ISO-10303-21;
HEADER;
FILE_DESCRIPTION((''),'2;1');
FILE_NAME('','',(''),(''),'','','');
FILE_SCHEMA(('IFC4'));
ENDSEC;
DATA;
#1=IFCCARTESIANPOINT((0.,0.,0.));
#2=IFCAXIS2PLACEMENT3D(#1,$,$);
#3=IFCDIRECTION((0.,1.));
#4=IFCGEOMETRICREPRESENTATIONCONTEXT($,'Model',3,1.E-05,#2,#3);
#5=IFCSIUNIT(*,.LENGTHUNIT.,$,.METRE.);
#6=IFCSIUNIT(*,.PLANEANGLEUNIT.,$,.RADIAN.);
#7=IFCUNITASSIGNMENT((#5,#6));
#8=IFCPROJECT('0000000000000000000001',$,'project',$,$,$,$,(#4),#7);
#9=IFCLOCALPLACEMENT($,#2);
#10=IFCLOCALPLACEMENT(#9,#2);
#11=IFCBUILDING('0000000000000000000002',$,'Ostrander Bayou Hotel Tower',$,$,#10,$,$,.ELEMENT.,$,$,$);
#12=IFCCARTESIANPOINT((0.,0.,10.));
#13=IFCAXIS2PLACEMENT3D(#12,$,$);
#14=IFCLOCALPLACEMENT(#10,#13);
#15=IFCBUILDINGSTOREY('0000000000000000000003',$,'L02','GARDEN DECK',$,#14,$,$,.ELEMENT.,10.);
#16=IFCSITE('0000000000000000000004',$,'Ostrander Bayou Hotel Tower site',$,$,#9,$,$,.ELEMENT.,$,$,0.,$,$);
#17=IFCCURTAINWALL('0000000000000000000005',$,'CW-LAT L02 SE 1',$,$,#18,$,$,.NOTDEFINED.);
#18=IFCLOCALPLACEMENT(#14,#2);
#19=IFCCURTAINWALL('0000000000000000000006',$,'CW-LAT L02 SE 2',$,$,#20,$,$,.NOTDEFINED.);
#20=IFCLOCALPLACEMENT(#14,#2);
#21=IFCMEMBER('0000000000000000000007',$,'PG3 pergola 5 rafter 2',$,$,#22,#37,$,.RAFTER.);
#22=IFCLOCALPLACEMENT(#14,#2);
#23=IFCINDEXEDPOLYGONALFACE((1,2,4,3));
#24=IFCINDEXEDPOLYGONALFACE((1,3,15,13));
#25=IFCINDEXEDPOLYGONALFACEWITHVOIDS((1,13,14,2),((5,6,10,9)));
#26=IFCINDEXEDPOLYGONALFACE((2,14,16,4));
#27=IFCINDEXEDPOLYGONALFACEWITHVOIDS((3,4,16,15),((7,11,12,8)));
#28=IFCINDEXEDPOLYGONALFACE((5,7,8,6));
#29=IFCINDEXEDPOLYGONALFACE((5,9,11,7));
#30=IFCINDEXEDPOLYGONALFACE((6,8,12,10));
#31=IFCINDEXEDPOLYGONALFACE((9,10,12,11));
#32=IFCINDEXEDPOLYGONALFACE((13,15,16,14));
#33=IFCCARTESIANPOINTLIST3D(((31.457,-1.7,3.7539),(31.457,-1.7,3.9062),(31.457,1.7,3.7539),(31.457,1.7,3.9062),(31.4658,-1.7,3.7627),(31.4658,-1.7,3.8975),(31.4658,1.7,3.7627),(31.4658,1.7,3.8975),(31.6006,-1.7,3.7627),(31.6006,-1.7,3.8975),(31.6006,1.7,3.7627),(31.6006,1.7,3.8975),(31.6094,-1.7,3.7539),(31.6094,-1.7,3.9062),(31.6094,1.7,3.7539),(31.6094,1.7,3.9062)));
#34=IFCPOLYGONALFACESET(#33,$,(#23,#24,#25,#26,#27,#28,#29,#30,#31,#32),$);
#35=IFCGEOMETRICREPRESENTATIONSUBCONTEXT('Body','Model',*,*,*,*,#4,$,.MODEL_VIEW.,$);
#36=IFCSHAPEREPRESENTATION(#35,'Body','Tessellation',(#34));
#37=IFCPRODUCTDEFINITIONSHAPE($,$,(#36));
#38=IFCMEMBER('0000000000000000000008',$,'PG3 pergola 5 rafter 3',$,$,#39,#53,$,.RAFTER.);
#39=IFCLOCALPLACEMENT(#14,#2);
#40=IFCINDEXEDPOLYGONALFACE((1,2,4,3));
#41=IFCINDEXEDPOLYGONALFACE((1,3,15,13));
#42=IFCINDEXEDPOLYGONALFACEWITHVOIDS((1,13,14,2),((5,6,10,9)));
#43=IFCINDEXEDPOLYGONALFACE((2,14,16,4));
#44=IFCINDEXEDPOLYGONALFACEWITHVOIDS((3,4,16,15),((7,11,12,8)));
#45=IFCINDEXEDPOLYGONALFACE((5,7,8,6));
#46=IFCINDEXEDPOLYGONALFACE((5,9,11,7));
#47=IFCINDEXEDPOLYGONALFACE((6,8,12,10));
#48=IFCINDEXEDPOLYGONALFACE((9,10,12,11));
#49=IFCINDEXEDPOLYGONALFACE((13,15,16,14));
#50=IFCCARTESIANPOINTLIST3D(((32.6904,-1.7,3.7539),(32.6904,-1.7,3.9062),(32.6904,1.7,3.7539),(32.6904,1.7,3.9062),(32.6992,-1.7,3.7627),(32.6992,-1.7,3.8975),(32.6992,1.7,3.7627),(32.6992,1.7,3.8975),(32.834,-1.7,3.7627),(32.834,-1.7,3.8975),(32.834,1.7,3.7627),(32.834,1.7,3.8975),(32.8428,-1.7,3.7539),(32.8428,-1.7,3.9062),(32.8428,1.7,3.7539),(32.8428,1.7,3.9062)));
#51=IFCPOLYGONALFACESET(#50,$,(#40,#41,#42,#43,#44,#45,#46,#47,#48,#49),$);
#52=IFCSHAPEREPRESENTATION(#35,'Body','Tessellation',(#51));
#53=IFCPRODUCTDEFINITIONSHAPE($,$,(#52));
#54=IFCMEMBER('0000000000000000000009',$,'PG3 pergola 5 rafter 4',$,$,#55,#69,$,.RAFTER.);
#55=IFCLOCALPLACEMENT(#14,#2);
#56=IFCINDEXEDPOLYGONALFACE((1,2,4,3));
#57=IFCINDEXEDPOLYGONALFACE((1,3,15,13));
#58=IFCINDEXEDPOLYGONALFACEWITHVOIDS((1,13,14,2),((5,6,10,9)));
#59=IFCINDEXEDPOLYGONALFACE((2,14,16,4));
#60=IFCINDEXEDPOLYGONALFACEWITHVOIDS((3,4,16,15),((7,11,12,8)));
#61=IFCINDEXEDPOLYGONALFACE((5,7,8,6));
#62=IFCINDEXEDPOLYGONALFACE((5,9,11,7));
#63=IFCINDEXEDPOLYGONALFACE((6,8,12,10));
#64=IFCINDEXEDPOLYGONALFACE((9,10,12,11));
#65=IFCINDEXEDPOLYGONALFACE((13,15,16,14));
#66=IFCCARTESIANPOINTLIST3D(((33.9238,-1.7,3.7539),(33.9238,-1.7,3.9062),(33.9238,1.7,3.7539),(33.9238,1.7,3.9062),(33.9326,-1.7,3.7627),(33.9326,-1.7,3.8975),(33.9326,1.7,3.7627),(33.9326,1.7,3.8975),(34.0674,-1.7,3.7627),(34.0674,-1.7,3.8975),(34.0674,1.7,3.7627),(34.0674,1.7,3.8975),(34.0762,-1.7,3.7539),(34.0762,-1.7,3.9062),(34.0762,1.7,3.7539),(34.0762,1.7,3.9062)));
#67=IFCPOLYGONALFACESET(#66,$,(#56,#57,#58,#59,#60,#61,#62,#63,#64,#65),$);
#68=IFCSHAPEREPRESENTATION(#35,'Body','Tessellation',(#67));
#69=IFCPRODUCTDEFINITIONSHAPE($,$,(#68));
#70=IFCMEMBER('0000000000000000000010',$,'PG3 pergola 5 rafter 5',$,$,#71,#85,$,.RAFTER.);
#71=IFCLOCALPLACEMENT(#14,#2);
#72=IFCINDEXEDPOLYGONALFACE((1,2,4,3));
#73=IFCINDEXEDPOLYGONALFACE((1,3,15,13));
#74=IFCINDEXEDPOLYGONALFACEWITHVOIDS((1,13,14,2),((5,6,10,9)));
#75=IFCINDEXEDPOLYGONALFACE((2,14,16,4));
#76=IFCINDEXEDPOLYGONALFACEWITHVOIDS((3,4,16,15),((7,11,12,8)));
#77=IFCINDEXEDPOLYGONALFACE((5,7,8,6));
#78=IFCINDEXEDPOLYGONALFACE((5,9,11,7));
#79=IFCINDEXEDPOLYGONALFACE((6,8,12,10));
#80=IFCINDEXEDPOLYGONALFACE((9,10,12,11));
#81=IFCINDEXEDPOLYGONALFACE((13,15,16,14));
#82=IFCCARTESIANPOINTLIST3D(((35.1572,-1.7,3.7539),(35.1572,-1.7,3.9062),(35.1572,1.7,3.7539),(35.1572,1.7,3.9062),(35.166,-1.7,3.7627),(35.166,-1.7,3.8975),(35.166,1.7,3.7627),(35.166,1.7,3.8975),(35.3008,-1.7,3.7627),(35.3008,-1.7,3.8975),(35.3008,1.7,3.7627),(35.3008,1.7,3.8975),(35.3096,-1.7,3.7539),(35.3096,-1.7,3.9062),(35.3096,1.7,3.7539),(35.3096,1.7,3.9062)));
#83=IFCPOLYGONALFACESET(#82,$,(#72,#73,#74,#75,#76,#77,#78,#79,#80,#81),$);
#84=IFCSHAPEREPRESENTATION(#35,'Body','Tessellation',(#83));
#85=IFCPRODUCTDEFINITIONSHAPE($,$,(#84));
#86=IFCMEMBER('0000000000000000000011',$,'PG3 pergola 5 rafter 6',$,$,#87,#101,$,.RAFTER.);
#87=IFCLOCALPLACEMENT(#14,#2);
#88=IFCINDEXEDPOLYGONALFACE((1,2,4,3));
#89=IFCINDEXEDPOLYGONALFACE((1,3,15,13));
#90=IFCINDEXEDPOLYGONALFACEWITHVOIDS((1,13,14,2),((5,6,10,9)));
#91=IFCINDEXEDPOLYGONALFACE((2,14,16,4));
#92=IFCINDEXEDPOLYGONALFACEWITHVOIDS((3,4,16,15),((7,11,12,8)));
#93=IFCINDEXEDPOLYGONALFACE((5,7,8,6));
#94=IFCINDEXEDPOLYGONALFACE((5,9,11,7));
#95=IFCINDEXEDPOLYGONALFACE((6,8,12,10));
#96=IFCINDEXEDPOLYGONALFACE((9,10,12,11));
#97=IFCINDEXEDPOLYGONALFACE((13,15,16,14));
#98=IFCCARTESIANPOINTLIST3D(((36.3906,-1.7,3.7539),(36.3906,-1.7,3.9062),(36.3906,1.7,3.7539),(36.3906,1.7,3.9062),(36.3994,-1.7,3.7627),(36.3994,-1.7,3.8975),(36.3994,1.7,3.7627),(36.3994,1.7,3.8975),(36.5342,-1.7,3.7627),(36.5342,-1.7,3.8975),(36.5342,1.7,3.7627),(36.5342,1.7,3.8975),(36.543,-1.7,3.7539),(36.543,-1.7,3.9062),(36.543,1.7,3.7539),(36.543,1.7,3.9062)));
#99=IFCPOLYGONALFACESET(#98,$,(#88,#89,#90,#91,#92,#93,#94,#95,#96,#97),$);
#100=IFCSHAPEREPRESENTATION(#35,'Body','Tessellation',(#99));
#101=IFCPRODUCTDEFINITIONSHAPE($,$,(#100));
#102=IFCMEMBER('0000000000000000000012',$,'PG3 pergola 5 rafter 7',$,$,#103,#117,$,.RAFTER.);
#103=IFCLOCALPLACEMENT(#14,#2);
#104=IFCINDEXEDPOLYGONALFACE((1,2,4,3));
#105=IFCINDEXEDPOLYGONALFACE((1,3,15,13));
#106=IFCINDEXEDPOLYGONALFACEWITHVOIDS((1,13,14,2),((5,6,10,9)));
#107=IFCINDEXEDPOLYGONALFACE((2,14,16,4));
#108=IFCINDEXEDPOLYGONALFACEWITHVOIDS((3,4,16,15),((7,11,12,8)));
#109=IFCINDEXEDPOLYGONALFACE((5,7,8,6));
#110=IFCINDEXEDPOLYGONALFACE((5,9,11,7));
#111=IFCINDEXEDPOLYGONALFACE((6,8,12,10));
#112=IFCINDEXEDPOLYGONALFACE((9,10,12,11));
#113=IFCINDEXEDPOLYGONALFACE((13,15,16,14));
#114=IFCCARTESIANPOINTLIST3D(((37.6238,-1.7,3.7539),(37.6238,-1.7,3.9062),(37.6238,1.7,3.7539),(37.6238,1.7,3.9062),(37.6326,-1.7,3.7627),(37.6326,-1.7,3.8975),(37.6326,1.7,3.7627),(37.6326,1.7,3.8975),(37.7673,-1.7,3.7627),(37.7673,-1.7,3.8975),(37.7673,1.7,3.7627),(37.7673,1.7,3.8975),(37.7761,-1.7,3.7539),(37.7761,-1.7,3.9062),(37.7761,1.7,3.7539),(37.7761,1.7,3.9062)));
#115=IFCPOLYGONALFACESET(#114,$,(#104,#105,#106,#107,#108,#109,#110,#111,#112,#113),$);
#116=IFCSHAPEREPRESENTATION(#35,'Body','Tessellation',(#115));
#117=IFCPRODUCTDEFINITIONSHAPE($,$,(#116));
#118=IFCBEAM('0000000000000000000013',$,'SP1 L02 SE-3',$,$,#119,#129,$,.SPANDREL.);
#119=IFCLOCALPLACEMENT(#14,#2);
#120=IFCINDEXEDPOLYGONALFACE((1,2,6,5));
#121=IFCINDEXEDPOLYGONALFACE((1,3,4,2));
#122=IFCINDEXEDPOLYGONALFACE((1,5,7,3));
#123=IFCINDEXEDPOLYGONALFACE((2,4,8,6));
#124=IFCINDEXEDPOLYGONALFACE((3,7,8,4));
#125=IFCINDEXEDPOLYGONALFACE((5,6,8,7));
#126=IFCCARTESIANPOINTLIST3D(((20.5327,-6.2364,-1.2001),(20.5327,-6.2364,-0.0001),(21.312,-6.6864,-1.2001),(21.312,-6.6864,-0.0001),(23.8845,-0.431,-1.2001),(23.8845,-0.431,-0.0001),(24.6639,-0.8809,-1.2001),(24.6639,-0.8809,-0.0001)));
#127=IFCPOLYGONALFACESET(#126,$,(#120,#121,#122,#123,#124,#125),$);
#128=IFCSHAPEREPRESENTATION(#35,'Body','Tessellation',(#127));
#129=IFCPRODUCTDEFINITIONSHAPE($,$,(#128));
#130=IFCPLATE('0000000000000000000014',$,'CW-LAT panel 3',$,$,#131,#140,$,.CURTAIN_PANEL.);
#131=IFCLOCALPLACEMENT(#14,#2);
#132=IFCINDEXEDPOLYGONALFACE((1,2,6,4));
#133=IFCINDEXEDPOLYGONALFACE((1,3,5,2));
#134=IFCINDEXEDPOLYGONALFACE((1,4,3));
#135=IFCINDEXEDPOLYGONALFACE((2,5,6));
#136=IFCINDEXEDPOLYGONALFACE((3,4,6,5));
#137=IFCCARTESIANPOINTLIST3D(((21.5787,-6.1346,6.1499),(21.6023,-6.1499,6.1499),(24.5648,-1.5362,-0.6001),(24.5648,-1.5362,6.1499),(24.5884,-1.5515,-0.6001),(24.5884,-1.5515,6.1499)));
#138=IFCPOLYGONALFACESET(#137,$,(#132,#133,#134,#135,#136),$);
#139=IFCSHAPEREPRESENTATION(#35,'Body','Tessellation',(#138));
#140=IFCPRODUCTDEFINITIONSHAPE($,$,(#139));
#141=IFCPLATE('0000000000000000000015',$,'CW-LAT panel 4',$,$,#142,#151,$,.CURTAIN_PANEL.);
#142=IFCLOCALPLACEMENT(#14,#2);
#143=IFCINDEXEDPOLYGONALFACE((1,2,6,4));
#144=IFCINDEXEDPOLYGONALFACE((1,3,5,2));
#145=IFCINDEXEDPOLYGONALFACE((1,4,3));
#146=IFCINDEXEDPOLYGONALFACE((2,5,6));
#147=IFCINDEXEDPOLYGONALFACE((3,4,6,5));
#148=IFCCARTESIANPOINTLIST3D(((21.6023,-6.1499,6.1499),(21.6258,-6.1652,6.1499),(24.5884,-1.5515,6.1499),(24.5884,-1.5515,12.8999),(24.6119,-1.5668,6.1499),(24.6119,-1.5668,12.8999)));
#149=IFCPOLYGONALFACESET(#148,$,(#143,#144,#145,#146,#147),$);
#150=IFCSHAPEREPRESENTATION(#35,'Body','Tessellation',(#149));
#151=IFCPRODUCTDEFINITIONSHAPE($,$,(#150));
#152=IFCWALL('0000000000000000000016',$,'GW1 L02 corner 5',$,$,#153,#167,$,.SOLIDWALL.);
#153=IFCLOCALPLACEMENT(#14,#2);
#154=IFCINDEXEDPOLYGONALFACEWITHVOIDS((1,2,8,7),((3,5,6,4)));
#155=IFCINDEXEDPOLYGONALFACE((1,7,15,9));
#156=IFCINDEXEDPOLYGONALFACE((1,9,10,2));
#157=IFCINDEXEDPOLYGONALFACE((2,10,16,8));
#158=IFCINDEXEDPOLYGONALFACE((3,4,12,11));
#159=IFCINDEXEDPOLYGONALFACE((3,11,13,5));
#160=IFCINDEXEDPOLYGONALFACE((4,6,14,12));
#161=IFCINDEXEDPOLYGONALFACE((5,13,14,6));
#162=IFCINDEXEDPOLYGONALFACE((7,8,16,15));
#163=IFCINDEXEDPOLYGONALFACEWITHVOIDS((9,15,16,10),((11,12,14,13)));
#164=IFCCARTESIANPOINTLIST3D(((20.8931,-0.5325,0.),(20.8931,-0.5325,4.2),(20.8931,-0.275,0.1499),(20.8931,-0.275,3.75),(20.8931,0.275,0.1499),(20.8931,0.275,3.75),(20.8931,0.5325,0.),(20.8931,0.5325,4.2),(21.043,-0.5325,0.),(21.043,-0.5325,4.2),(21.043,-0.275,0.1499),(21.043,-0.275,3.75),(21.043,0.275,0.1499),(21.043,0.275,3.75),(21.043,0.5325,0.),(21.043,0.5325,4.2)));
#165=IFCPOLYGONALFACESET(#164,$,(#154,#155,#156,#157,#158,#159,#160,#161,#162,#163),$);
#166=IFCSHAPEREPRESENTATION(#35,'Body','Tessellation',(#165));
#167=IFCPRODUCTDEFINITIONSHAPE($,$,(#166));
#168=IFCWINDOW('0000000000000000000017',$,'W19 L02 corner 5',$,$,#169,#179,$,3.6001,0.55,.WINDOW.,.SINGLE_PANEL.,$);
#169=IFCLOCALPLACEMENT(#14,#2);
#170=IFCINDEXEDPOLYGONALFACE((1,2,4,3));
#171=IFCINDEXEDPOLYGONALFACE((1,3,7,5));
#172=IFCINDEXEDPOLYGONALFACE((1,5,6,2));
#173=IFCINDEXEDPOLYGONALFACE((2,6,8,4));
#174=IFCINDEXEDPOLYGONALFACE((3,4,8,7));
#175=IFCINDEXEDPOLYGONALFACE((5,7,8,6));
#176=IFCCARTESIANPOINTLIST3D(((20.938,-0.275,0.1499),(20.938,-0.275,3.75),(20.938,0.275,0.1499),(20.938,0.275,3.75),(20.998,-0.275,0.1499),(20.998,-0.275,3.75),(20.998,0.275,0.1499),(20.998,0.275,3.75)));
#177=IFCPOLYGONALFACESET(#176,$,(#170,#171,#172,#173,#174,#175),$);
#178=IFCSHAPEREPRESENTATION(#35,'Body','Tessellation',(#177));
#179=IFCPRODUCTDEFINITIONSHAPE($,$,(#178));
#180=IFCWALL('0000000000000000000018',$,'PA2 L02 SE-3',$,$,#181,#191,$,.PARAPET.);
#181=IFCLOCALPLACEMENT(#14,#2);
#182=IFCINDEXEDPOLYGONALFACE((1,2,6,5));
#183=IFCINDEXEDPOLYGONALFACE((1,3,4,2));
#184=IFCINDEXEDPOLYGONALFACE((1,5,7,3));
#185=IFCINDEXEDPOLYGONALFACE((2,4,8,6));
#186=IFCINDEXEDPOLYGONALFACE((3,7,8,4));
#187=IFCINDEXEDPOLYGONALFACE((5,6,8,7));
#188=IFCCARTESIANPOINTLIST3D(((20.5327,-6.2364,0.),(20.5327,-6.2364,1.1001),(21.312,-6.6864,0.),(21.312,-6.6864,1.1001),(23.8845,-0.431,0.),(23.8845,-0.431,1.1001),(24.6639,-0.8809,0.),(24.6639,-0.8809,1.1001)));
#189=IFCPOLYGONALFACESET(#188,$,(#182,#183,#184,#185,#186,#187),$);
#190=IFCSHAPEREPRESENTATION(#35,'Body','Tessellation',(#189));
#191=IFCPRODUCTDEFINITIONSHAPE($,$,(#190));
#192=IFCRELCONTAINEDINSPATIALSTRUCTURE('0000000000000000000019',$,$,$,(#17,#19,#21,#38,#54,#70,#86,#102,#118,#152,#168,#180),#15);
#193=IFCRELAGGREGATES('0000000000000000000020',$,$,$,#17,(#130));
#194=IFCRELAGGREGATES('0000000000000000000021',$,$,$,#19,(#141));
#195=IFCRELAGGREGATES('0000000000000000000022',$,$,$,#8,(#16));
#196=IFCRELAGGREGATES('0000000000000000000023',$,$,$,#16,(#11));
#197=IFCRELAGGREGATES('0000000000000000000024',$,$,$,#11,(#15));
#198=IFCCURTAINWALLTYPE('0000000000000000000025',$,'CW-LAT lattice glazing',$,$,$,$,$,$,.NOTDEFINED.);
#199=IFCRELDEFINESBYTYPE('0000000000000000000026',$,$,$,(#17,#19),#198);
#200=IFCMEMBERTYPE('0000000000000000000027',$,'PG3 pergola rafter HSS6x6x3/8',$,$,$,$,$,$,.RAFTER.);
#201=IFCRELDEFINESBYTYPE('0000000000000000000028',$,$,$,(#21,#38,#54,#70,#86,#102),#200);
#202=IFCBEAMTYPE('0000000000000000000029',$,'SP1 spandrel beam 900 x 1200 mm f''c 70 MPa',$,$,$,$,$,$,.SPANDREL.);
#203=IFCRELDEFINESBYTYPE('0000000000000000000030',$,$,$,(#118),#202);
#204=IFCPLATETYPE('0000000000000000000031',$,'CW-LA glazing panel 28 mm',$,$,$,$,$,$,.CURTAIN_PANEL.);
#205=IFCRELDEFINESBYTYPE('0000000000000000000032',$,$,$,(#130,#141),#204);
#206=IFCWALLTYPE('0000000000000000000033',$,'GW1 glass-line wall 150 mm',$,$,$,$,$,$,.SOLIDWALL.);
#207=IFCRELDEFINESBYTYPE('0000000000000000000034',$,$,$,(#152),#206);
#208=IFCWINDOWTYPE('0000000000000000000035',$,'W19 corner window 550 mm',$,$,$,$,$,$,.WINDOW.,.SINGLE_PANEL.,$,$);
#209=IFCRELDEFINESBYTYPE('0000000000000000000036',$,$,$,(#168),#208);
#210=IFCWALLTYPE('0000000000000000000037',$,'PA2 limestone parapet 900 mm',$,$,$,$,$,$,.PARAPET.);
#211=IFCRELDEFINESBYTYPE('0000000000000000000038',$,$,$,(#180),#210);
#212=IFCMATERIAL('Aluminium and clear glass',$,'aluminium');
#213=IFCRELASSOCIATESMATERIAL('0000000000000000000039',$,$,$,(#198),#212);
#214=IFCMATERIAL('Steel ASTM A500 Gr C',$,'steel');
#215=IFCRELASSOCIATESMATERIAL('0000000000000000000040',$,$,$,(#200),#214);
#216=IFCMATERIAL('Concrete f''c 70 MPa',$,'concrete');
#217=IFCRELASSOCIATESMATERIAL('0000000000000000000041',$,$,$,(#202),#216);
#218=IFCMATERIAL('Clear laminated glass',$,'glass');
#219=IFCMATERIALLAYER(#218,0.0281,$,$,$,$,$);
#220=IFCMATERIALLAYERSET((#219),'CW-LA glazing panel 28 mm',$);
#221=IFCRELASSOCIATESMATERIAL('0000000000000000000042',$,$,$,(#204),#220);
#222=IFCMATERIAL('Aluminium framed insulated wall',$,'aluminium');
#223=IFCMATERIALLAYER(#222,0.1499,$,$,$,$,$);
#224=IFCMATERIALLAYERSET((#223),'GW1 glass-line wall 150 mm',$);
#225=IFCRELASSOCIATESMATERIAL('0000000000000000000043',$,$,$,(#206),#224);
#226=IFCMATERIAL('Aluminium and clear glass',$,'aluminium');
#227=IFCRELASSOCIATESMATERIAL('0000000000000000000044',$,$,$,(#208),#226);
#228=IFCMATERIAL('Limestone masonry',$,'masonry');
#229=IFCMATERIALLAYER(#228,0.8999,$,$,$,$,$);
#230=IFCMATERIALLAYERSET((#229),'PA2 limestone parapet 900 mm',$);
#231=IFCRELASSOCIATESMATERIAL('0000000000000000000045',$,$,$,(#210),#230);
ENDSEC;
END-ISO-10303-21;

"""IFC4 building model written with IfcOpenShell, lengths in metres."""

from ifc_helpers import new_model, si_unit, direction, frame, frame_2d, origin, origin_2d, place, context, subcontext, project, spatial, polyline, rectangle, hollow_rectangle, outline, extrude, material, layer, layer_set, material_profile, profile_set, type_object, element, fill, aggregate, save


model = new_model("IFC4")

# Units and contexts
model_context = context("Model", 3, precision=1e-05, world=origin(), true_north=direction((0.0, 1.0)))
body_context = subcontext(model_context, "Body", "Model", "MODEL_VIEW")
ifc_project = project(units=[si_unit("LENGTHUNIT", "METRE"), si_unit("PLANEANGLEUNIT", "RADIAN")], contexts=[model_context])

# Site, building, storey
site_placement = place(None, origin())
site = spatial("IfcSite", under=ifc_project, at=site_placement, Name="Ostrander Bayou Hotel Tower site", CompositionType="ELEMENT", RefElevation=0.0)
building_placement = place(site_placement, origin())
building = spatial("IfcBuilding", under=site, at=building_placement, Name="Ostrander Bayou Hotel Tower", CompositionType="ELEMENT")
storey_placement = place(building_placement, frame((0.0, 0.0, 10.0)))
storey = spatial("IfcBuildingStorey", under=building, at=storey_placement, Name="L02", Description="GARDEN DECK", CompositionType="ELEMENT", Elevation=10.0)

# Curtain wall
ifc_material_1 = material(Name="Aluminium and clear glass", Category="aluminium")
curtain_wall_type = type_object("IfcCurtainWallType", Name="CW-LAT lattice glazing", PredefinedType="NOTDEFINED", material=ifc_material_1)
curtain_wall_1_placement = place(storey_placement, origin())
curtain_wall_1 = element("IfcCurtainWall", 1, at=curtain_wall_1_placement, inside=storey, type_object=curtain_wall_type, Name="CW-LAT L02 SE 1", PredefinedType="NOTDEFINED")

# Curtain wall
curtain_wall_2_placement = place(storey_placement, origin())
curtain_wall_2 = element("IfcCurtainWall", 2, at=curtain_wall_2_placement, inside=storey, type_object=curtain_wall_type, Name="CW-LAT L02 SE 2", PredefinedType="NOTDEFINED")

# Members
ifc_material_2 = material(Name="Steel ASTM A500 Gr C", Category="steel")
ifc_material_profile_1 = material_profile(ifc_material_2, hollow_rectangle(XDim=0.1523, YDim=0.1523, WallThickness=0.0088, at=origin_2d()))
ifc_profile_set_1 = profile_set([ifc_material_profile_1], Name="Steel ASTM A500 Gr C")
member_type_1 = type_object("IfcMemberType", Name="PG3 pergola rafter HSS6x6x3/8", PredefinedType="RAFTER", material=ifc_profile_set_1)
for number, where, z_axis, x_axis, name in (
    (3, (31.5332, -1.7, 3.8301), (0.0, 1.0, 0.0), (-1.0, 0.0, 0.0), "PG3 pergola 5 rafter 2"),
    (4, (32.7666, -1.7, 3.8301), (0.0, 1.0, 0.0), (-1.0, 0.0, 0.0), "PG3 pergola 5 rafter 3"),
    (5, (34.0, -1.7, 3.8301), (0.0, 1.0, 0.0), (-1.0, 0.0, 0.0), "PG3 pergola 5 rafter 4"),
    (6, (35.2334, -1.7, 3.8301), (0.0, 1.0, 0.0), (-1.0, 0.0, 0.0), "PG3 pergola 5 rafter 5"),
    (7, (36.4668, -1.7, 3.8301), (0.0, 1.0, 0.0), (-1.0, 0.0, 0.0), "PG3 pergola 5 rafter 6"),
    (8, (37.7, -1.7, 3.8301), (0.0, 1.0, 0.0), (-1.0, 0.0, 0.0), "PG3 pergola 5 rafter 7"),
):
    element("IfcMember", number, at=place(storey_placement, frame(where, z_axis=z_axis, x_axis=x_axis)), inside=storey, type_object=member_type_1, Name=name, PredefinedType="RAFTER", context=body_context, shape_type="SweptSolid", body=[
        extrude(hollow_rectangle(XDim=0.1523, YDim=0.1523, WallThickness=0.0088, at=origin_2d()), origin(), (0.0, 0.0, 1.0), 3.3999),
    ])

# Beam
ifc_material_3 = material(Name="Concrete f'c 70 MPa", Category="concrete")
ifc_material_profile_2 = material_profile(ifc_material_3, rectangle(XDim=0.8999, YDim=1.2, at=origin_2d()))
ifc_profile_set_2 = profile_set([ifc_material_profile_2], Name="Concrete f'c 70 MPa")
beam_type_1 = type_object("IfcBeamType", Name="SP1 spandrel beam 900 x 1200 mm f'c 70 MPa", PredefinedType="SPANDREL", material=ifc_profile_set_2)
beam_1_placement = place(storey_placement, frame((20.9224, -6.4614, -0.6001), z_axis=(0.500005, 0.866022, 0.0), x_axis=(-0.866022, 0.500005, 0.0)))
element("IfcBeam", 9, at=beam_1_placement, inside=storey, type_object=beam_type_1, Name="SP1 L02 SE-3", PredefinedType="SPANDREL", context=body_context, shape_type="SweptSolid", body=[
    extrude(rectangle(XDim=0.8999, YDim=1.2, at=origin_2d()), origin(), (0.0, 0.0, 1.0), 6.7036),
])

# Plates
ifc_material_4 = material(Name="Clear laminated glass", Category="glass")
ifc_layer_1 = layer(ifc_material_4, 0.0281)
ifc_layer_set_1 = layer_set([ifc_layer_1], Name="CW-LA glazing panel 28 mm")
plate_type = type_object("IfcPlateType", Name="CW-LA glazing panel 28 mm", PredefinedType="CURTAIN_PANEL", material=ifc_layer_set_1)
plate_1_placement = place(storey_placement, frame((21.6023, -6.1499, 6.1499), z_axis=(0.838683, -0.54462, 0.0), x_axis=(0.343377, 0.52878, -0.776199)))
plate_1 = element("IfcPlate", 10, at=plate_1_placement, type_object=plate_type, Name="CW-LAT panel 3", PredefinedType="CURTAIN_PANEL", context=body_context, shape_type="SweptSolid", body=[
    extrude(outline(polyline([(0.0, 0.0), (8.6962, 0.0), (3.4569, 4.2558), (0.0, 0.0)])), origin(), (0.0, 0.0, -1.0), 0.0281),
])
aggregate(curtain_wall_1, [plate_1])
plate_2_placement = place(storey_placement, frame((21.6023, -6.1499, 6.1499), z_axis=(-0.838683, 0.54462, 0.0), x_axis=(0.343377, 0.52878, 0.776199)))
plate_2 = element("IfcPlate", 11, at=plate_2_placement, type_object=plate_type, Name="CW-LAT panel 4", PredefinedType="CURTAIN_PANEL", context=body_context, shape_type="SweptSolid", body=[
    extrude(outline(polyline([(0.0, 0.0), (8.6962, 0.0), (3.4569, 4.2558), (0.0, 0.0)])), origin(), (0.0, 0.0, -1.0), 0.0281),
])
aggregate(curtain_wall_2, [plate_2])

# Wall, opening, window
ifc_material_5 = material(Name="Aluminium framed insulated wall", Category="aluminium")
ifc_layer_2 = layer(ifc_material_5, 0.1499)
ifc_layer_set_2 = layer_set([ifc_layer_2], Name="GW1 glass-line wall 150 mm")
wall_type_1 = type_object("IfcWallType", Name="GW1 glass-line wall 150 mm", PredefinedType="SOLIDWALL", material=ifc_layer_set_2)
wall_1_placement = place(storey_placement, frame((20.968, -0.5325, 0.0), z_axis=(0.0, 0.0, 1.0), x_axis=(0.0, 1.0, 0.0)))
wall_1 = element("IfcWall", 12, at=wall_1_placement, inside=storey, type_object=wall_type_1, Name="GW1 L02 corner 5", PredefinedType="SOLIDWALL", context=body_context, shape_type="SweptSolid", body=[
    extrude(rectangle(XDim=1.0649, YDim=0.1499, at=frame_2d((0.5325, 0.0))), origin(), (0.0, 0.0, 1.0), 4.2),
])
opening_placement = place(wall_1_placement, frame((0.2576, 0.0, 0.1499)))
opening = element("IfcOpeningElement", 13, at=opening_placement, cuts=wall_1, PredefinedType="OPENING", context=body_context, shape_type="SweptSolid", body=[
    extrude(rectangle(XDim=0.55, YDim=3.6001, at=frame_2d((0.2749, 1.8))), frame((0.0, 0.075, 0.0), z_axis=(0.0, -1.0, 0.0), x_axis=(1.0, 0.0, 0.0)), (0.0, 0.0, 1.0), 0.1499),
])
ifc_material_6 = material(Name="Aluminium and clear glass", Category="aluminium")
window_type = type_object("IfcWindowType", Name="W19 corner window 550 mm", PartitioningType="SINGLE_PANEL", PredefinedType="WINDOW", material=ifc_material_6)
window_placement = place(opening_placement, origin())
window = element("IfcWindow", 14, at=window_placement, inside=storey, type_object=window_type, Name="W19 L02 corner 5", OverallHeight=3.6001, OverallWidth=0.55, PartitioningType="SINGLE_PANEL", PredefinedType="WINDOW", context=body_context, shape_type="SweptSolid", body=[
    extrude(rectangle(XDim=0.55, YDim=3.6001, at=frame_2d((0.2749, 1.8))), frame((0.0, 0.03, 0.0), z_axis=(0.0, -1.0, 0.0), x_axis=(1.0, 0.0, 0.0)), (0.0, 0.0, 1.0), 0.0601),
])
fill(opening, window)

# Wall
ifc_material_7 = material(Name="Limestone masonry", Category="masonry")
ifc_layer_3 = layer(ifc_material_7, 0.8999)
ifc_layer_set_3 = layer_set([ifc_layer_3], Name="PA2 limestone parapet 900 mm")
wall_type_2 = type_object("IfcWallType", Name="PA2 limestone parapet 900 mm", PredefinedType="PARAPET", material=ifc_layer_set_3)
wall_2_placement = place(storey_placement, frame((20.9224, -6.4614, 0.0), z_axis=(0.0, 0.0, 1.0), x_axis=(0.500005, 0.866022, 0.0)))
element("IfcWall", 15, at=wall_2_placement, inside=storey, type_object=wall_type_2, Name="PA2 L02 SE-3", PredefinedType="PARAPET", context=body_context, shape_type="SweptSolid", body=[
    extrude(rectangle(XDim=6.7036, YDim=0.8999, at=frame_2d((3.3518, 0.0))), origin(), (0.0, 0.0, 1.0), 1.1001),
])

save(model, "model.ifc")
